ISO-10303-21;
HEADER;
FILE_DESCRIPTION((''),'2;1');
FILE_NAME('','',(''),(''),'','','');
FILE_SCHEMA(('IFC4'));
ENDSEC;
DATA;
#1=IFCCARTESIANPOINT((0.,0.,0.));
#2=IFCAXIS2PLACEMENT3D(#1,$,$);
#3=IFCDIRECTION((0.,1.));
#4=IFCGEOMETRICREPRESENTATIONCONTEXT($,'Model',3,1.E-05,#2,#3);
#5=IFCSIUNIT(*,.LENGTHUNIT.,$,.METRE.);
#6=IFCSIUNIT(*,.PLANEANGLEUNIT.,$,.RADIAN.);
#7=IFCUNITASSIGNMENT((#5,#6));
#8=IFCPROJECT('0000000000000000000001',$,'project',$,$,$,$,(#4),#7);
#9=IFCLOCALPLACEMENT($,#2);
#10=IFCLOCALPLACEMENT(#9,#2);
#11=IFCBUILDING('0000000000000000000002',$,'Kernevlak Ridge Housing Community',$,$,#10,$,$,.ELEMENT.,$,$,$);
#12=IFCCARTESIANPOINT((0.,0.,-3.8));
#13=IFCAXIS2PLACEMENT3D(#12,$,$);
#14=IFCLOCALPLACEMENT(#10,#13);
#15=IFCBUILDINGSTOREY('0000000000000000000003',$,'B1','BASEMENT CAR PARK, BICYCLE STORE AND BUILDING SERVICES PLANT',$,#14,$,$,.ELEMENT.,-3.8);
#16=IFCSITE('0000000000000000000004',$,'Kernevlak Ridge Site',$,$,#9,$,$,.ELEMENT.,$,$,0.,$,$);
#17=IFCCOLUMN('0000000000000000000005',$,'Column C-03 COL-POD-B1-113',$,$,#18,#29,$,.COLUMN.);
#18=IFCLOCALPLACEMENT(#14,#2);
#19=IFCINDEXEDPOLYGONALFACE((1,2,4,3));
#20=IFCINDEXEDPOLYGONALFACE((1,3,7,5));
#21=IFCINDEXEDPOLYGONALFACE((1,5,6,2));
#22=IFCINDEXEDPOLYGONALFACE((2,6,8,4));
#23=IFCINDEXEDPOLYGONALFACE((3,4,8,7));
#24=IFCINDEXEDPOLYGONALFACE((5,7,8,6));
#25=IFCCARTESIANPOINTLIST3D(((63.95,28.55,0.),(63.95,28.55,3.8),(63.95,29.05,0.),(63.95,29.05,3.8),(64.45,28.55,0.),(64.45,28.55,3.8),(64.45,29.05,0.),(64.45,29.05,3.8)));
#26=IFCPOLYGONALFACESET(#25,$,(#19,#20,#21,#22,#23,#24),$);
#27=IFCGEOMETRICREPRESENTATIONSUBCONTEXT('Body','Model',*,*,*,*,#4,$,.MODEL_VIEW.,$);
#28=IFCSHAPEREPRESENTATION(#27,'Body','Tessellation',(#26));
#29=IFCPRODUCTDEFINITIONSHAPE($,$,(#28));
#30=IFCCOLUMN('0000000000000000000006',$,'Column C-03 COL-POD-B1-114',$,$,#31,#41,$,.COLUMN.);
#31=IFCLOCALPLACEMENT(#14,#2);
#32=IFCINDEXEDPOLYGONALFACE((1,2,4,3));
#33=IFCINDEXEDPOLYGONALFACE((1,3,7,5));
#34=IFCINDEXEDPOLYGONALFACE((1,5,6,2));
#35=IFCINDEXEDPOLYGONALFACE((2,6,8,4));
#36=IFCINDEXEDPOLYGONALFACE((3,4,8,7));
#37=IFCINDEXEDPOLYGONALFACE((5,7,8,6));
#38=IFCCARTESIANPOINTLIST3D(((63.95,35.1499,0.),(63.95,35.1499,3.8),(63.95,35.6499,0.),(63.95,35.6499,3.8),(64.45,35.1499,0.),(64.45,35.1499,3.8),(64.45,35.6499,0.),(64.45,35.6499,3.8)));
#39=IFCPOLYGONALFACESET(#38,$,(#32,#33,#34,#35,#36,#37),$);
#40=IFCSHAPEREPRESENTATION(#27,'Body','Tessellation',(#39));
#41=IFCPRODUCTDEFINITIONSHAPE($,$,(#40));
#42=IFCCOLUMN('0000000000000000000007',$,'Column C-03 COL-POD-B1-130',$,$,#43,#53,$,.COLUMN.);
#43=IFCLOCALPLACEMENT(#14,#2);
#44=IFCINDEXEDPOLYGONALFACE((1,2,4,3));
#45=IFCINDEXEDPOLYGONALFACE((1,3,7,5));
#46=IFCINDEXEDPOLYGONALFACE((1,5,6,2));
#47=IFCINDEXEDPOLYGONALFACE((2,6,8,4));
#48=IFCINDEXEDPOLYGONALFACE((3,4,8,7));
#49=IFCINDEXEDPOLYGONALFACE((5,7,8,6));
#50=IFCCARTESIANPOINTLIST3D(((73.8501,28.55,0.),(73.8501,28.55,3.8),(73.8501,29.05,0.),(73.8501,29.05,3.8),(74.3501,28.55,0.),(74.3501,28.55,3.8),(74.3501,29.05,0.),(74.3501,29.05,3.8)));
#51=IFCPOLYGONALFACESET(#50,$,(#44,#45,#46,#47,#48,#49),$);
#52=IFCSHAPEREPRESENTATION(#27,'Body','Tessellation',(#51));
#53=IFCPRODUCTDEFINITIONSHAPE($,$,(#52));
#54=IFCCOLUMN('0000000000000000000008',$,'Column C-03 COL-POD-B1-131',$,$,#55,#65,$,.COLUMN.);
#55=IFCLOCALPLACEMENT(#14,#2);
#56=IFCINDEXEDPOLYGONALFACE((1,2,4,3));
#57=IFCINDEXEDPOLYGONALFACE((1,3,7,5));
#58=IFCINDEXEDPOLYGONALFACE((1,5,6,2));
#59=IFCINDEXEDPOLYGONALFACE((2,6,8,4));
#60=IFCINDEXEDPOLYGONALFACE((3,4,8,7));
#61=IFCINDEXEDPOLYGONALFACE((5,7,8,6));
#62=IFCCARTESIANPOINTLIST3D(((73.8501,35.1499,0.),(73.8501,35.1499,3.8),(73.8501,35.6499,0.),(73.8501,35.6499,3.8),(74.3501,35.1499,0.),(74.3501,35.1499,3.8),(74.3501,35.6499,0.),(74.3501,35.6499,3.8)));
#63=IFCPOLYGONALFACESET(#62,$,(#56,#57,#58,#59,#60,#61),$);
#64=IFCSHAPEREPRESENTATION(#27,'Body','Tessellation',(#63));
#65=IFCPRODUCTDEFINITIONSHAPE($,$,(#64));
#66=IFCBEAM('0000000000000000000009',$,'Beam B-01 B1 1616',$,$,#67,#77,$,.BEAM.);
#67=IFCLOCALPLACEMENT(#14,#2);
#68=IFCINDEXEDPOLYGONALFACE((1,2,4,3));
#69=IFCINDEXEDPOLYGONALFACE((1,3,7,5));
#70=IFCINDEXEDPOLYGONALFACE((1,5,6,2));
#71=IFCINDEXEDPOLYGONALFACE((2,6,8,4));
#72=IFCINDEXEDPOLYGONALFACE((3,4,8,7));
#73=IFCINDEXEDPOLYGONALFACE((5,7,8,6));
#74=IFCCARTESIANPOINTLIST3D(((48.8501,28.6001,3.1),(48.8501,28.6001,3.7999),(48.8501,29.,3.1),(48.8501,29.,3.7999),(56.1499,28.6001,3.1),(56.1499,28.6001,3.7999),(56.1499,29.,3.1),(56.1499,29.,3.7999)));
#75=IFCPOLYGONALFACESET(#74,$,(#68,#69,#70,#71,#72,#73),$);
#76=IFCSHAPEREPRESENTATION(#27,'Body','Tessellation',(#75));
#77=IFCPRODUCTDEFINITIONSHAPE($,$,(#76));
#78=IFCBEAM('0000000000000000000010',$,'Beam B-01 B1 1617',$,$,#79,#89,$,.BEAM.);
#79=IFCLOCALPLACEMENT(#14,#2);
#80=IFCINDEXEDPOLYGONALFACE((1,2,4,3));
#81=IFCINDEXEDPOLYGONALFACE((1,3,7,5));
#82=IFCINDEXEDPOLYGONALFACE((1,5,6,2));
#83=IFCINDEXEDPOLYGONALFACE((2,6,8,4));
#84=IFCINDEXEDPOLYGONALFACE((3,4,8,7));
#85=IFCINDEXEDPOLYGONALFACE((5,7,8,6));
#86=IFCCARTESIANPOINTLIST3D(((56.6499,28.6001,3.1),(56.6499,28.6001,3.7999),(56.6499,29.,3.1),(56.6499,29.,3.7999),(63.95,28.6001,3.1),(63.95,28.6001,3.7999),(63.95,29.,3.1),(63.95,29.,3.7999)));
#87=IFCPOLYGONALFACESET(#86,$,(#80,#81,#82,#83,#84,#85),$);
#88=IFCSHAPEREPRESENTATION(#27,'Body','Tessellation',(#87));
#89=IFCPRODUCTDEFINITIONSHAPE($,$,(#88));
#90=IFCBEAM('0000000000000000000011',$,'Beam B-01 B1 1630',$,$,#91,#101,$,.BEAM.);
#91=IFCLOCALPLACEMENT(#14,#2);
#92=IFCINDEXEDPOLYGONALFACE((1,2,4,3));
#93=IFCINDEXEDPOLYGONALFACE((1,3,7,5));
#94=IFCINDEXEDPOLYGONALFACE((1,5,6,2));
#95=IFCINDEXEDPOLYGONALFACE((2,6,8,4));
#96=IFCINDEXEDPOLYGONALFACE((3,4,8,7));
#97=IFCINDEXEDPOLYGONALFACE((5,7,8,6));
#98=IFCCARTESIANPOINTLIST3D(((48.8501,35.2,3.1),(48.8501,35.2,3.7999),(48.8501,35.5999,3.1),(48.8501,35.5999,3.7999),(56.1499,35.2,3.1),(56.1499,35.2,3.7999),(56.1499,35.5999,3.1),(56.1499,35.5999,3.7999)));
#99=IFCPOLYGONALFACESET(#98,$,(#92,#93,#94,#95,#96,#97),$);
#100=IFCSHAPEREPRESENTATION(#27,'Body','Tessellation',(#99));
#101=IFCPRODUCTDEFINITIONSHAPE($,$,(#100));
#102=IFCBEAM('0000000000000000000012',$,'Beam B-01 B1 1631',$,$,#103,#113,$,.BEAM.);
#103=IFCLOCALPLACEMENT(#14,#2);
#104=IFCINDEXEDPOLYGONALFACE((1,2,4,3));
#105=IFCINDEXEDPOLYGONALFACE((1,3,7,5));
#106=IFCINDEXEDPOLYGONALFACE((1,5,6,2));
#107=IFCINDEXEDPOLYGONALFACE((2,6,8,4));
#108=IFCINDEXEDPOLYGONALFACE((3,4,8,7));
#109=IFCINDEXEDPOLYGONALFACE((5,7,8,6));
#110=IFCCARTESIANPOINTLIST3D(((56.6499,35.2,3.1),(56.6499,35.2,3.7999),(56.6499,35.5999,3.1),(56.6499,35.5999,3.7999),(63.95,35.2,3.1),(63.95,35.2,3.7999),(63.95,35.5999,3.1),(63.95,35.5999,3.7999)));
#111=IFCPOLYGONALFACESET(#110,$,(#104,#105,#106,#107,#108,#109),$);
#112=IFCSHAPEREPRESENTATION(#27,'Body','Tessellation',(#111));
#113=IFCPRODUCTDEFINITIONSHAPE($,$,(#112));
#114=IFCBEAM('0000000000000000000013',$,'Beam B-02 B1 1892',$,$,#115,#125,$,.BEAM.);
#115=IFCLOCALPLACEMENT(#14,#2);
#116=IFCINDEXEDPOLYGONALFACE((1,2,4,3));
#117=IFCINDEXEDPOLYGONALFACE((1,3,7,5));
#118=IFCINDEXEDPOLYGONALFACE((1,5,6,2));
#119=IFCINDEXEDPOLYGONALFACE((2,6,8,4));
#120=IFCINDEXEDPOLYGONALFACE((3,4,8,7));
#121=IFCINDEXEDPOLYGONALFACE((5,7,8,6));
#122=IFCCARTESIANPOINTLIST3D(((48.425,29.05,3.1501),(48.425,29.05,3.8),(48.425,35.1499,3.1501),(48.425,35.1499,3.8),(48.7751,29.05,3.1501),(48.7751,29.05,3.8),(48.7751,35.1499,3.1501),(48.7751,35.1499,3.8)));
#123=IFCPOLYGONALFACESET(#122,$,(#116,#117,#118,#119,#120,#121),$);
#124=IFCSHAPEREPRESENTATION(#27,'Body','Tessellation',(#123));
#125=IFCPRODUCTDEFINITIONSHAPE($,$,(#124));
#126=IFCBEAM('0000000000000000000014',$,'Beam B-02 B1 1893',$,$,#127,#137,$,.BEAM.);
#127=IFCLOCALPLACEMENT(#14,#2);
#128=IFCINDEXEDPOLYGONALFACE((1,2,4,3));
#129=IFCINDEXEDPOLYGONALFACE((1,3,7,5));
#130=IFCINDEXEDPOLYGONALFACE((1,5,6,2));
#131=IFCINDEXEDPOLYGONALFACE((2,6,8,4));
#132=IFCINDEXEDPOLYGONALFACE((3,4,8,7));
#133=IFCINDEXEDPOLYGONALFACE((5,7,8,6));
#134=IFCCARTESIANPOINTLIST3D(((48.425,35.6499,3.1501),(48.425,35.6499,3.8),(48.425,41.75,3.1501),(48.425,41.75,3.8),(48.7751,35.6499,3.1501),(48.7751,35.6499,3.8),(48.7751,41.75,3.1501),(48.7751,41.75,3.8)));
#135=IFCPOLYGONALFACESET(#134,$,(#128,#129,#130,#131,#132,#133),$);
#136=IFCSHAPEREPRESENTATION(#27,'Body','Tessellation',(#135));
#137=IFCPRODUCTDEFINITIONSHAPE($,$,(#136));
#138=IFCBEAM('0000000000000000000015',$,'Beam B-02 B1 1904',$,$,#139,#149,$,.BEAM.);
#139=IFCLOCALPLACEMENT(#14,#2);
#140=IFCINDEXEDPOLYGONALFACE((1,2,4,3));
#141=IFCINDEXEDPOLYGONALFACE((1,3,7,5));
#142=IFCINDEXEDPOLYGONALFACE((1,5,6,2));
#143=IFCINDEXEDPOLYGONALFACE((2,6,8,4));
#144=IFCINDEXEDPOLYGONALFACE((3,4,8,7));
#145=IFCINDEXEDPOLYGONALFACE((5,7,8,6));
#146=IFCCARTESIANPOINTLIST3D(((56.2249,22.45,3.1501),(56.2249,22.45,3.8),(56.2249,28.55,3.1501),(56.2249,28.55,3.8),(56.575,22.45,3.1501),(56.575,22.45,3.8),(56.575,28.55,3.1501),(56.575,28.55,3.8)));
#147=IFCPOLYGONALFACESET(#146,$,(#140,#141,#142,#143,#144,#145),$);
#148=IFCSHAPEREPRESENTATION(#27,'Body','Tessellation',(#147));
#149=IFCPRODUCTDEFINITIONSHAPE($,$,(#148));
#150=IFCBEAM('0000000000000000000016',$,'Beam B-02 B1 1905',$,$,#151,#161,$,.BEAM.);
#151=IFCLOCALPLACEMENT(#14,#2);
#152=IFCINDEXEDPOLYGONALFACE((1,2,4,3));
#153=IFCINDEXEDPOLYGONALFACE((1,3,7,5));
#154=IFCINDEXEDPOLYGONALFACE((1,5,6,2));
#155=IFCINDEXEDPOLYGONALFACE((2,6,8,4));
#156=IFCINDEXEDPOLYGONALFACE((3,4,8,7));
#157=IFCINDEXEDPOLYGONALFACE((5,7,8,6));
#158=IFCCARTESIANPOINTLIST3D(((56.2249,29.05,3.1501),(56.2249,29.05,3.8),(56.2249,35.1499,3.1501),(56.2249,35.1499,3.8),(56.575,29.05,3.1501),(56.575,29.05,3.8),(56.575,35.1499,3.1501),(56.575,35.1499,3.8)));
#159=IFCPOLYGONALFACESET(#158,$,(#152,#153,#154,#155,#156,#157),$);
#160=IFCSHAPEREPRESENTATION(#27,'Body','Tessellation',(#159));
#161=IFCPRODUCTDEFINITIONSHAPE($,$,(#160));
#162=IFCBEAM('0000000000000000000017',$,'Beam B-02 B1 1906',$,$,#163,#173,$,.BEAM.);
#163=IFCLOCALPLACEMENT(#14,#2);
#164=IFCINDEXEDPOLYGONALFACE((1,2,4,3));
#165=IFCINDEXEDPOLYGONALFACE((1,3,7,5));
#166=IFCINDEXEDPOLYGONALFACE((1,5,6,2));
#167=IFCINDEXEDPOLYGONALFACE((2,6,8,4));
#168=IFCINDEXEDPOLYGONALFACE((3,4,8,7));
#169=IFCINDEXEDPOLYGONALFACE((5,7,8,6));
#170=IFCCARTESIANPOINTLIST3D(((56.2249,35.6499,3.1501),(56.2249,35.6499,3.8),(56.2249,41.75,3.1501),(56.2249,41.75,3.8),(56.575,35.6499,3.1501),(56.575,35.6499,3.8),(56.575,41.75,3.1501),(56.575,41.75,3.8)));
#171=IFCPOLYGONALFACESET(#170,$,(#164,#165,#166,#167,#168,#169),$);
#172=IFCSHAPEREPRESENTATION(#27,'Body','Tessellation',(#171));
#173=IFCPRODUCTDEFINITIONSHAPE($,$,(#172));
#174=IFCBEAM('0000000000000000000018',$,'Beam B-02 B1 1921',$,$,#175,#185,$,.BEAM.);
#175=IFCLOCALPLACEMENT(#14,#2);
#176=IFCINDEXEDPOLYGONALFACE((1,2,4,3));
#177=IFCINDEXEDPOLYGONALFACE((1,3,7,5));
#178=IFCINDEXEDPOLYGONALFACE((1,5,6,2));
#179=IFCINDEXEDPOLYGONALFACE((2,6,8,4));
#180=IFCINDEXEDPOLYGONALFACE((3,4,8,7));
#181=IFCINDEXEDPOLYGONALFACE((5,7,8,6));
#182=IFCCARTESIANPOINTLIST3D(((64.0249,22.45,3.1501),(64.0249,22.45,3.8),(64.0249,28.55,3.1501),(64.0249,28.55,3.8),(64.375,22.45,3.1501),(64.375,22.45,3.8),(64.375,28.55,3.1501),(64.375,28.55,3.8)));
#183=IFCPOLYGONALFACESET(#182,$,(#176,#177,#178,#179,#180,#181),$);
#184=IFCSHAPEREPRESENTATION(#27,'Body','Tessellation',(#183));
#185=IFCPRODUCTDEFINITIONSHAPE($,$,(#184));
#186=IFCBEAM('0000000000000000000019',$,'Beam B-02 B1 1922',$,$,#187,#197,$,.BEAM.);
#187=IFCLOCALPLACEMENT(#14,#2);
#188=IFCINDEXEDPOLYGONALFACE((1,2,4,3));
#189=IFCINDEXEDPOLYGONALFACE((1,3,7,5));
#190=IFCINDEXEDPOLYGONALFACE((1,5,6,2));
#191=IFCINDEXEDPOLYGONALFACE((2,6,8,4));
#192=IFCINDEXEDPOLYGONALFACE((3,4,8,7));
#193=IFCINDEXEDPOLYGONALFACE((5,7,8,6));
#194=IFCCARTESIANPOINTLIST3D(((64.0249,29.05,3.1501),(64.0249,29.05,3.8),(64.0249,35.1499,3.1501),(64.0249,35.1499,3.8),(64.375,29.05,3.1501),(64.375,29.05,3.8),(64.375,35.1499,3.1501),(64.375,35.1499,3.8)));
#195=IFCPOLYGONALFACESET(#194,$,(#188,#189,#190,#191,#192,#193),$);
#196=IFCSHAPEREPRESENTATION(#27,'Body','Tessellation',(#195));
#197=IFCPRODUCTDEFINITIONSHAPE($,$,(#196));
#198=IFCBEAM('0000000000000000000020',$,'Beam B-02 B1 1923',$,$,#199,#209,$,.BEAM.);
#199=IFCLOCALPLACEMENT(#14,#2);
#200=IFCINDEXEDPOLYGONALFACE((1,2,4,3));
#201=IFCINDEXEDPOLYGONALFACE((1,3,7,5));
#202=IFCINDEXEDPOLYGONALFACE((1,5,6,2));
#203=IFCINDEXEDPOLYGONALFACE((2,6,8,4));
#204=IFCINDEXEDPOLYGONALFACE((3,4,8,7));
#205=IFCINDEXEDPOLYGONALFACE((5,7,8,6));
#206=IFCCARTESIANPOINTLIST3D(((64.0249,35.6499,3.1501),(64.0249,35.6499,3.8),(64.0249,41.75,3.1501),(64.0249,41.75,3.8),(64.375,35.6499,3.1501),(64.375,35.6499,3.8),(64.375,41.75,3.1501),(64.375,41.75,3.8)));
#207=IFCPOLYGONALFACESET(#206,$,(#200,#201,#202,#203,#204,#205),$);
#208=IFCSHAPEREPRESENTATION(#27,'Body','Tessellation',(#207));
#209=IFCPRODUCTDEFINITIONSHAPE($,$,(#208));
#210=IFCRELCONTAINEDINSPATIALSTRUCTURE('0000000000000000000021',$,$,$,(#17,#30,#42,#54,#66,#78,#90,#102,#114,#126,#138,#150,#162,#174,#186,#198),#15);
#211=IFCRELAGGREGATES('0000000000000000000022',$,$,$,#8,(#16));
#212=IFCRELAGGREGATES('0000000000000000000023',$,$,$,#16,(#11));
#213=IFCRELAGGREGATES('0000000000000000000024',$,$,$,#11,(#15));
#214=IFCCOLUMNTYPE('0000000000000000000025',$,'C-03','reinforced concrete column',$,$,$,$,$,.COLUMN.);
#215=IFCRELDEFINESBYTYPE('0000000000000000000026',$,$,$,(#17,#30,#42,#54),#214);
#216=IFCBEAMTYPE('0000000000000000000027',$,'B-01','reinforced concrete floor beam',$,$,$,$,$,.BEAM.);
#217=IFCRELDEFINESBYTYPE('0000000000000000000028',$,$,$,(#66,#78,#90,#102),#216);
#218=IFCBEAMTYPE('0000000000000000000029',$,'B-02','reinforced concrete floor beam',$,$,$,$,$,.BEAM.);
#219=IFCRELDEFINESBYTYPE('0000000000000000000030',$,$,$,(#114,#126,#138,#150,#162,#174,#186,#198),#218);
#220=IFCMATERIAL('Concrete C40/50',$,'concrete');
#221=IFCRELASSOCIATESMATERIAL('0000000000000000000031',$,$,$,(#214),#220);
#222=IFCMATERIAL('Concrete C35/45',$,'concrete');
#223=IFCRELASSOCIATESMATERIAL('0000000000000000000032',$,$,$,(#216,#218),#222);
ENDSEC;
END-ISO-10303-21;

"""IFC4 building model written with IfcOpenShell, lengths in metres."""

from ifc_helpers import new_model, si_unit, direction, frame, origin, origin_2d, place, context, subcontext, project, spatial, rectangle, extrude, material, material_profile, profile_set, type_object, element, save


model = new_model("IFC4")

# Units and contexts
model_context = context("Model", 3, precision=1e-05, world=origin(), true_north=direction((0.0, 1.0)))
body_context = subcontext(model_context, "Body", "Model", "MODEL_VIEW")
ifc_project = project(units=[si_unit("LENGTHUNIT", "METRE"), si_unit("PLANEANGLEUNIT", "RADIAN")], contexts=[model_context])

# Site, building, storey
site_placement = place(None, origin())
site = spatial("IfcSite", under=ifc_project, at=site_placement, Name="Kernevlak Ridge Site", CompositionType="ELEMENT", RefElevation=0.0)
building_placement = place(site_placement, origin())
building = spatial("IfcBuilding", under=site, at=building_placement, Name="Kernevlak Ridge Housing Community", CompositionType="ELEMENT")
storey_placement = place(building_placement, frame((0.0, 0.0, -3.8)))
storey = spatial("IfcBuildingStorey", under=building, at=storey_placement, Name="B1", Description="BASEMENT CAR PARK, BICYCLE STORE AND BUILDING SERVICES PLANT", CompositionType="ELEMENT", Elevation=-3.8)

# Shared definitions
ifc_material_1 = material(Name="Concrete C35/45", Category="concrete")

# Columns
ifc_material_2 = material(Name="Concrete C40/50", Category="concrete")
ifc_material_profile_1 = material_profile(ifc_material_2, rectangle(XDim=0.5, YDim=0.5, at=origin_2d()), Name="RC 500x500")
ifc_profile_set_1 = profile_set([ifc_material_profile_1], Name="Concrete C40/50")
column_type = type_object("IfcColumnType", Name="C-03", Description="reinforced concrete column", PredefinedType="COLUMN", material=ifc_profile_set_1)
for number, where, z_axis, x_axis, name in (
    (1, (64.2, 28.8, 0.0), (0.0, 0.0, 1.0), (1.0, 0.0, 0.0), "Column C-03 COL-POD-B1-113"),
    (2, (64.2, 35.3999, 0.0), (0.0, 0.0, 1.0), (1.0, 0.0, 0.0), "Column C-03 COL-POD-B1-114"),
    (3, (74.1001, 28.8, 0.0), (0.0, 0.0, 1.0), (1.0, 0.0, 0.0), "Column C-03 COL-POD-B1-130"),
    (4, (74.1001, 35.3999, 0.0), (0.0, 0.0, 1.0), (1.0, 0.0, 0.0), "Column C-03 COL-POD-B1-131"),
):
    element("IfcColumn", number, at=place(storey_placement, frame(where, z_axis=z_axis, x_axis=x_axis)), inside=storey, type_object=column_type, Name=name, PredefinedType="COLUMN", context=body_context, shape_type="SweptSolid", body=[
        extrude(rectangle(XDim=0.5, YDim=0.5, at=origin_2d()), origin(), (0.0, 0.0, 1.0), 3.8),
    ])

# Beams
ifc_material_profile_2 = material_profile(ifc_material_1, rectangle(XDim=0.3999, YDim=0.7, at=origin_2d()), Name="RC 400x700")
ifc_profile_set_2 = profile_set([ifc_material_profile_2], Name="Concrete C35/45")
beam_type_1 = type_object("IfcBeamType", Name="B-01", Description="reinforced concrete floor beam", PredefinedType="BEAM", material=ifc_profile_set_2)
beam_1_placement = place(storey_placement, frame((48.8501, 28.8, 3.45), z_axis=(1.0, 0.0, 0.0), x_axis=(0.0, 1.0, 0.0)))
element("IfcBeam", 5, at=beam_1_placement, inside=storey, type_object=beam_type_1, Name="Beam B-01 B1 1616", PredefinedType="BEAM", context=body_context, shape_type="SweptSolid", body=[
    extrude(rectangle(XDim=0.3999, YDim=0.7, at=origin_2d()), origin(), (0.0, 0.0, 1.0), 7.2998),
])
beam_2_placement = place(storey_placement, frame((56.6499, 28.8, 3.45), z_axis=(1.0, 0.0, 0.0), x_axis=(0.0, 1.0, 0.0)))
element("IfcBeam", 6, at=beam_2_placement, inside=storey, type_object=beam_type_1, Name="Beam B-01 B1 1617", PredefinedType="BEAM", context=body_context, shape_type="SweptSolid", body=[
    extrude(rectangle(XDim=0.3999, YDim=0.7, at=origin_2d()), origin(), (0.0, 0.0, 1.0), 7.3),
])
beam_3_placement = place(storey_placement, frame((48.8501, 35.3999, 3.45), z_axis=(1.0, 0.0, 0.0), x_axis=(0.0, 1.0, 0.0)))
element("IfcBeam", 7, at=beam_3_placement, inside=storey, type_object=beam_type_1, Name="Beam B-01 B1 1630", PredefinedType="BEAM", context=body_context, shape_type="SweptSolid", body=[
    extrude(rectangle(XDim=0.3999, YDim=0.7, at=origin_2d()), origin(), (0.0, 0.0, 1.0), 7.2998),
])
beam_4_placement = place(storey_placement, frame((56.6499, 35.3999, 3.45), z_axis=(1.0, 0.0, 0.0), x_axis=(0.0, 1.0, 0.0)))
element("IfcBeam", 8, at=beam_4_placement, inside=storey, type_object=beam_type_1, Name="Beam B-01 B1 1631", PredefinedType="BEAM", context=body_context, shape_type="SweptSolid", body=[
    extrude(rectangle(XDim=0.3999, YDim=0.7, at=origin_2d()), origin(), (0.0, 0.0, 1.0), 7.3),
])
ifc_material_profile_3 = material_profile(ifc_material_1, rectangle(XDim=0.3501, YDim=0.6499, at=origin_2d()), Name="RC 350x650")
ifc_profile_set_3 = profile_set([ifc_material_profile_3], Name="Concrete C35/45")
beam_type_2 = type_object("IfcBeamType", Name="B-02", Description="reinforced concrete floor beam", PredefinedType="BEAM", material=ifc_profile_set_3)
beam_5_placement = place(storey_placement, frame((48.6001, 29.05, 3.4751), z_axis=(0.0, 1.0, 0.0), x_axis=(-1.0, 0.0, 0.0)))
element("IfcBeam", 9, at=beam_5_placement, inside=storey, type_object=beam_type_2, Name="Beam B-02 B1 1892", PredefinedType="BEAM", context=body_context, shape_type="SweptSolid", body=[
    extrude(rectangle(XDim=0.3501, YDim=0.6499, at=origin_2d()), origin(), (0.0, 0.0, 1.0), 6.0999),
])
for number, where, z_axis, x_axis, name in (
    (10, (48.6001, 35.6499, 3.4751), (0.0, 1.0, 0.0), (-1.0, 0.0, 0.0), "Beam B-02 B1 1893"),
    (11, (56.3999, 22.45, 3.4751), (0.0, 1.0, 0.0), (-1.0, 0.0, 0.0), "Beam B-02 B1 1904"),
):
    element("IfcBeam", number, at=place(storey_placement, frame(where, z_axis=z_axis, x_axis=x_axis)), inside=storey, type_object=beam_type_2, Name=name, PredefinedType="BEAM", context=body_context, shape_type="SweptSolid", body=[
        extrude(rectangle(XDim=0.3501, YDim=0.6499, at=origin_2d()), origin(), (0.0, 0.0, 1.0), 6.1001),
    ])
beam_6_placement = place(storey_placement, frame((56.3999, 29.05, 3.4751), z_axis=(0.0, 1.0, 0.0), x_axis=(-1.0, 0.0, 0.0)))
element("IfcBeam", 12, at=beam_6_placement, inside=storey, type_object=beam_type_2, Name="Beam B-02 B1 1905", PredefinedType="BEAM", context=body_context, shape_type="SweptSolid", body=[
    extrude(rectangle(XDim=0.3501, YDim=0.6499, at=origin_2d()), origin(), (0.0, 0.0, 1.0), 6.0999),
])
for number, where, z_axis, x_axis, name in (
    (13, (56.3999, 35.6499, 3.4751), (0.0, 1.0, 0.0), (-1.0, 0.0, 0.0), "Beam B-02 B1 1906"),
    (14, (64.2, 22.45, 3.4751), (0.0, 1.0, 0.0), (-1.0, 0.0, 0.0), "Beam B-02 B1 1921"),
):
    element("IfcBeam", number, at=place(storey_placement, frame(where, z_axis=z_axis, x_axis=x_axis)), inside=storey, type_object=beam_type_2, Name=name, PredefinedType="BEAM", context=body_context, shape_type="SweptSolid", body=[
        extrude(rectangle(XDim=0.3501, YDim=0.6499, at=origin_2d()), origin(), (0.0, 0.0, 1.0), 6.1001),
    ])
beam_7_placement = place(storey_placement, frame((64.2, 29.05, 3.4751), z_axis=(0.0, 1.0, 0.0), x_axis=(-1.0, 0.0, 0.0)))
element("IfcBeam", 15, at=beam_7_placement, inside=storey, type_object=beam_type_2, Name="Beam B-02 B1 1922", PredefinedType="BEAM", context=body_context, shape_type="SweptSolid", body=[
    extrude(rectangle(XDim=0.3501, YDim=0.6499, at=origin_2d()), origin(), (0.0, 0.0, 1.0), 6.0999),
])
beam_8_placement = place(storey_placement, frame((64.2, 35.6499, 3.4751), z_axis=(0.0, 1.0, 0.0), x_axis=(-1.0, 0.0, 0.0)))
element("IfcBeam", 16, at=beam_8_placement, inside=storey, type_object=beam_type_2, Name="Beam B-02 B1 1923", PredefinedType="BEAM", context=body_context, shape_type="SweptSolid", body=[
    extrude(rectangle(XDim=0.3501, YDim=0.6499, at=origin_2d()), origin(), (0.0, 0.0, 1.0), 6.1001),
])

save(model, "model.ifc")
